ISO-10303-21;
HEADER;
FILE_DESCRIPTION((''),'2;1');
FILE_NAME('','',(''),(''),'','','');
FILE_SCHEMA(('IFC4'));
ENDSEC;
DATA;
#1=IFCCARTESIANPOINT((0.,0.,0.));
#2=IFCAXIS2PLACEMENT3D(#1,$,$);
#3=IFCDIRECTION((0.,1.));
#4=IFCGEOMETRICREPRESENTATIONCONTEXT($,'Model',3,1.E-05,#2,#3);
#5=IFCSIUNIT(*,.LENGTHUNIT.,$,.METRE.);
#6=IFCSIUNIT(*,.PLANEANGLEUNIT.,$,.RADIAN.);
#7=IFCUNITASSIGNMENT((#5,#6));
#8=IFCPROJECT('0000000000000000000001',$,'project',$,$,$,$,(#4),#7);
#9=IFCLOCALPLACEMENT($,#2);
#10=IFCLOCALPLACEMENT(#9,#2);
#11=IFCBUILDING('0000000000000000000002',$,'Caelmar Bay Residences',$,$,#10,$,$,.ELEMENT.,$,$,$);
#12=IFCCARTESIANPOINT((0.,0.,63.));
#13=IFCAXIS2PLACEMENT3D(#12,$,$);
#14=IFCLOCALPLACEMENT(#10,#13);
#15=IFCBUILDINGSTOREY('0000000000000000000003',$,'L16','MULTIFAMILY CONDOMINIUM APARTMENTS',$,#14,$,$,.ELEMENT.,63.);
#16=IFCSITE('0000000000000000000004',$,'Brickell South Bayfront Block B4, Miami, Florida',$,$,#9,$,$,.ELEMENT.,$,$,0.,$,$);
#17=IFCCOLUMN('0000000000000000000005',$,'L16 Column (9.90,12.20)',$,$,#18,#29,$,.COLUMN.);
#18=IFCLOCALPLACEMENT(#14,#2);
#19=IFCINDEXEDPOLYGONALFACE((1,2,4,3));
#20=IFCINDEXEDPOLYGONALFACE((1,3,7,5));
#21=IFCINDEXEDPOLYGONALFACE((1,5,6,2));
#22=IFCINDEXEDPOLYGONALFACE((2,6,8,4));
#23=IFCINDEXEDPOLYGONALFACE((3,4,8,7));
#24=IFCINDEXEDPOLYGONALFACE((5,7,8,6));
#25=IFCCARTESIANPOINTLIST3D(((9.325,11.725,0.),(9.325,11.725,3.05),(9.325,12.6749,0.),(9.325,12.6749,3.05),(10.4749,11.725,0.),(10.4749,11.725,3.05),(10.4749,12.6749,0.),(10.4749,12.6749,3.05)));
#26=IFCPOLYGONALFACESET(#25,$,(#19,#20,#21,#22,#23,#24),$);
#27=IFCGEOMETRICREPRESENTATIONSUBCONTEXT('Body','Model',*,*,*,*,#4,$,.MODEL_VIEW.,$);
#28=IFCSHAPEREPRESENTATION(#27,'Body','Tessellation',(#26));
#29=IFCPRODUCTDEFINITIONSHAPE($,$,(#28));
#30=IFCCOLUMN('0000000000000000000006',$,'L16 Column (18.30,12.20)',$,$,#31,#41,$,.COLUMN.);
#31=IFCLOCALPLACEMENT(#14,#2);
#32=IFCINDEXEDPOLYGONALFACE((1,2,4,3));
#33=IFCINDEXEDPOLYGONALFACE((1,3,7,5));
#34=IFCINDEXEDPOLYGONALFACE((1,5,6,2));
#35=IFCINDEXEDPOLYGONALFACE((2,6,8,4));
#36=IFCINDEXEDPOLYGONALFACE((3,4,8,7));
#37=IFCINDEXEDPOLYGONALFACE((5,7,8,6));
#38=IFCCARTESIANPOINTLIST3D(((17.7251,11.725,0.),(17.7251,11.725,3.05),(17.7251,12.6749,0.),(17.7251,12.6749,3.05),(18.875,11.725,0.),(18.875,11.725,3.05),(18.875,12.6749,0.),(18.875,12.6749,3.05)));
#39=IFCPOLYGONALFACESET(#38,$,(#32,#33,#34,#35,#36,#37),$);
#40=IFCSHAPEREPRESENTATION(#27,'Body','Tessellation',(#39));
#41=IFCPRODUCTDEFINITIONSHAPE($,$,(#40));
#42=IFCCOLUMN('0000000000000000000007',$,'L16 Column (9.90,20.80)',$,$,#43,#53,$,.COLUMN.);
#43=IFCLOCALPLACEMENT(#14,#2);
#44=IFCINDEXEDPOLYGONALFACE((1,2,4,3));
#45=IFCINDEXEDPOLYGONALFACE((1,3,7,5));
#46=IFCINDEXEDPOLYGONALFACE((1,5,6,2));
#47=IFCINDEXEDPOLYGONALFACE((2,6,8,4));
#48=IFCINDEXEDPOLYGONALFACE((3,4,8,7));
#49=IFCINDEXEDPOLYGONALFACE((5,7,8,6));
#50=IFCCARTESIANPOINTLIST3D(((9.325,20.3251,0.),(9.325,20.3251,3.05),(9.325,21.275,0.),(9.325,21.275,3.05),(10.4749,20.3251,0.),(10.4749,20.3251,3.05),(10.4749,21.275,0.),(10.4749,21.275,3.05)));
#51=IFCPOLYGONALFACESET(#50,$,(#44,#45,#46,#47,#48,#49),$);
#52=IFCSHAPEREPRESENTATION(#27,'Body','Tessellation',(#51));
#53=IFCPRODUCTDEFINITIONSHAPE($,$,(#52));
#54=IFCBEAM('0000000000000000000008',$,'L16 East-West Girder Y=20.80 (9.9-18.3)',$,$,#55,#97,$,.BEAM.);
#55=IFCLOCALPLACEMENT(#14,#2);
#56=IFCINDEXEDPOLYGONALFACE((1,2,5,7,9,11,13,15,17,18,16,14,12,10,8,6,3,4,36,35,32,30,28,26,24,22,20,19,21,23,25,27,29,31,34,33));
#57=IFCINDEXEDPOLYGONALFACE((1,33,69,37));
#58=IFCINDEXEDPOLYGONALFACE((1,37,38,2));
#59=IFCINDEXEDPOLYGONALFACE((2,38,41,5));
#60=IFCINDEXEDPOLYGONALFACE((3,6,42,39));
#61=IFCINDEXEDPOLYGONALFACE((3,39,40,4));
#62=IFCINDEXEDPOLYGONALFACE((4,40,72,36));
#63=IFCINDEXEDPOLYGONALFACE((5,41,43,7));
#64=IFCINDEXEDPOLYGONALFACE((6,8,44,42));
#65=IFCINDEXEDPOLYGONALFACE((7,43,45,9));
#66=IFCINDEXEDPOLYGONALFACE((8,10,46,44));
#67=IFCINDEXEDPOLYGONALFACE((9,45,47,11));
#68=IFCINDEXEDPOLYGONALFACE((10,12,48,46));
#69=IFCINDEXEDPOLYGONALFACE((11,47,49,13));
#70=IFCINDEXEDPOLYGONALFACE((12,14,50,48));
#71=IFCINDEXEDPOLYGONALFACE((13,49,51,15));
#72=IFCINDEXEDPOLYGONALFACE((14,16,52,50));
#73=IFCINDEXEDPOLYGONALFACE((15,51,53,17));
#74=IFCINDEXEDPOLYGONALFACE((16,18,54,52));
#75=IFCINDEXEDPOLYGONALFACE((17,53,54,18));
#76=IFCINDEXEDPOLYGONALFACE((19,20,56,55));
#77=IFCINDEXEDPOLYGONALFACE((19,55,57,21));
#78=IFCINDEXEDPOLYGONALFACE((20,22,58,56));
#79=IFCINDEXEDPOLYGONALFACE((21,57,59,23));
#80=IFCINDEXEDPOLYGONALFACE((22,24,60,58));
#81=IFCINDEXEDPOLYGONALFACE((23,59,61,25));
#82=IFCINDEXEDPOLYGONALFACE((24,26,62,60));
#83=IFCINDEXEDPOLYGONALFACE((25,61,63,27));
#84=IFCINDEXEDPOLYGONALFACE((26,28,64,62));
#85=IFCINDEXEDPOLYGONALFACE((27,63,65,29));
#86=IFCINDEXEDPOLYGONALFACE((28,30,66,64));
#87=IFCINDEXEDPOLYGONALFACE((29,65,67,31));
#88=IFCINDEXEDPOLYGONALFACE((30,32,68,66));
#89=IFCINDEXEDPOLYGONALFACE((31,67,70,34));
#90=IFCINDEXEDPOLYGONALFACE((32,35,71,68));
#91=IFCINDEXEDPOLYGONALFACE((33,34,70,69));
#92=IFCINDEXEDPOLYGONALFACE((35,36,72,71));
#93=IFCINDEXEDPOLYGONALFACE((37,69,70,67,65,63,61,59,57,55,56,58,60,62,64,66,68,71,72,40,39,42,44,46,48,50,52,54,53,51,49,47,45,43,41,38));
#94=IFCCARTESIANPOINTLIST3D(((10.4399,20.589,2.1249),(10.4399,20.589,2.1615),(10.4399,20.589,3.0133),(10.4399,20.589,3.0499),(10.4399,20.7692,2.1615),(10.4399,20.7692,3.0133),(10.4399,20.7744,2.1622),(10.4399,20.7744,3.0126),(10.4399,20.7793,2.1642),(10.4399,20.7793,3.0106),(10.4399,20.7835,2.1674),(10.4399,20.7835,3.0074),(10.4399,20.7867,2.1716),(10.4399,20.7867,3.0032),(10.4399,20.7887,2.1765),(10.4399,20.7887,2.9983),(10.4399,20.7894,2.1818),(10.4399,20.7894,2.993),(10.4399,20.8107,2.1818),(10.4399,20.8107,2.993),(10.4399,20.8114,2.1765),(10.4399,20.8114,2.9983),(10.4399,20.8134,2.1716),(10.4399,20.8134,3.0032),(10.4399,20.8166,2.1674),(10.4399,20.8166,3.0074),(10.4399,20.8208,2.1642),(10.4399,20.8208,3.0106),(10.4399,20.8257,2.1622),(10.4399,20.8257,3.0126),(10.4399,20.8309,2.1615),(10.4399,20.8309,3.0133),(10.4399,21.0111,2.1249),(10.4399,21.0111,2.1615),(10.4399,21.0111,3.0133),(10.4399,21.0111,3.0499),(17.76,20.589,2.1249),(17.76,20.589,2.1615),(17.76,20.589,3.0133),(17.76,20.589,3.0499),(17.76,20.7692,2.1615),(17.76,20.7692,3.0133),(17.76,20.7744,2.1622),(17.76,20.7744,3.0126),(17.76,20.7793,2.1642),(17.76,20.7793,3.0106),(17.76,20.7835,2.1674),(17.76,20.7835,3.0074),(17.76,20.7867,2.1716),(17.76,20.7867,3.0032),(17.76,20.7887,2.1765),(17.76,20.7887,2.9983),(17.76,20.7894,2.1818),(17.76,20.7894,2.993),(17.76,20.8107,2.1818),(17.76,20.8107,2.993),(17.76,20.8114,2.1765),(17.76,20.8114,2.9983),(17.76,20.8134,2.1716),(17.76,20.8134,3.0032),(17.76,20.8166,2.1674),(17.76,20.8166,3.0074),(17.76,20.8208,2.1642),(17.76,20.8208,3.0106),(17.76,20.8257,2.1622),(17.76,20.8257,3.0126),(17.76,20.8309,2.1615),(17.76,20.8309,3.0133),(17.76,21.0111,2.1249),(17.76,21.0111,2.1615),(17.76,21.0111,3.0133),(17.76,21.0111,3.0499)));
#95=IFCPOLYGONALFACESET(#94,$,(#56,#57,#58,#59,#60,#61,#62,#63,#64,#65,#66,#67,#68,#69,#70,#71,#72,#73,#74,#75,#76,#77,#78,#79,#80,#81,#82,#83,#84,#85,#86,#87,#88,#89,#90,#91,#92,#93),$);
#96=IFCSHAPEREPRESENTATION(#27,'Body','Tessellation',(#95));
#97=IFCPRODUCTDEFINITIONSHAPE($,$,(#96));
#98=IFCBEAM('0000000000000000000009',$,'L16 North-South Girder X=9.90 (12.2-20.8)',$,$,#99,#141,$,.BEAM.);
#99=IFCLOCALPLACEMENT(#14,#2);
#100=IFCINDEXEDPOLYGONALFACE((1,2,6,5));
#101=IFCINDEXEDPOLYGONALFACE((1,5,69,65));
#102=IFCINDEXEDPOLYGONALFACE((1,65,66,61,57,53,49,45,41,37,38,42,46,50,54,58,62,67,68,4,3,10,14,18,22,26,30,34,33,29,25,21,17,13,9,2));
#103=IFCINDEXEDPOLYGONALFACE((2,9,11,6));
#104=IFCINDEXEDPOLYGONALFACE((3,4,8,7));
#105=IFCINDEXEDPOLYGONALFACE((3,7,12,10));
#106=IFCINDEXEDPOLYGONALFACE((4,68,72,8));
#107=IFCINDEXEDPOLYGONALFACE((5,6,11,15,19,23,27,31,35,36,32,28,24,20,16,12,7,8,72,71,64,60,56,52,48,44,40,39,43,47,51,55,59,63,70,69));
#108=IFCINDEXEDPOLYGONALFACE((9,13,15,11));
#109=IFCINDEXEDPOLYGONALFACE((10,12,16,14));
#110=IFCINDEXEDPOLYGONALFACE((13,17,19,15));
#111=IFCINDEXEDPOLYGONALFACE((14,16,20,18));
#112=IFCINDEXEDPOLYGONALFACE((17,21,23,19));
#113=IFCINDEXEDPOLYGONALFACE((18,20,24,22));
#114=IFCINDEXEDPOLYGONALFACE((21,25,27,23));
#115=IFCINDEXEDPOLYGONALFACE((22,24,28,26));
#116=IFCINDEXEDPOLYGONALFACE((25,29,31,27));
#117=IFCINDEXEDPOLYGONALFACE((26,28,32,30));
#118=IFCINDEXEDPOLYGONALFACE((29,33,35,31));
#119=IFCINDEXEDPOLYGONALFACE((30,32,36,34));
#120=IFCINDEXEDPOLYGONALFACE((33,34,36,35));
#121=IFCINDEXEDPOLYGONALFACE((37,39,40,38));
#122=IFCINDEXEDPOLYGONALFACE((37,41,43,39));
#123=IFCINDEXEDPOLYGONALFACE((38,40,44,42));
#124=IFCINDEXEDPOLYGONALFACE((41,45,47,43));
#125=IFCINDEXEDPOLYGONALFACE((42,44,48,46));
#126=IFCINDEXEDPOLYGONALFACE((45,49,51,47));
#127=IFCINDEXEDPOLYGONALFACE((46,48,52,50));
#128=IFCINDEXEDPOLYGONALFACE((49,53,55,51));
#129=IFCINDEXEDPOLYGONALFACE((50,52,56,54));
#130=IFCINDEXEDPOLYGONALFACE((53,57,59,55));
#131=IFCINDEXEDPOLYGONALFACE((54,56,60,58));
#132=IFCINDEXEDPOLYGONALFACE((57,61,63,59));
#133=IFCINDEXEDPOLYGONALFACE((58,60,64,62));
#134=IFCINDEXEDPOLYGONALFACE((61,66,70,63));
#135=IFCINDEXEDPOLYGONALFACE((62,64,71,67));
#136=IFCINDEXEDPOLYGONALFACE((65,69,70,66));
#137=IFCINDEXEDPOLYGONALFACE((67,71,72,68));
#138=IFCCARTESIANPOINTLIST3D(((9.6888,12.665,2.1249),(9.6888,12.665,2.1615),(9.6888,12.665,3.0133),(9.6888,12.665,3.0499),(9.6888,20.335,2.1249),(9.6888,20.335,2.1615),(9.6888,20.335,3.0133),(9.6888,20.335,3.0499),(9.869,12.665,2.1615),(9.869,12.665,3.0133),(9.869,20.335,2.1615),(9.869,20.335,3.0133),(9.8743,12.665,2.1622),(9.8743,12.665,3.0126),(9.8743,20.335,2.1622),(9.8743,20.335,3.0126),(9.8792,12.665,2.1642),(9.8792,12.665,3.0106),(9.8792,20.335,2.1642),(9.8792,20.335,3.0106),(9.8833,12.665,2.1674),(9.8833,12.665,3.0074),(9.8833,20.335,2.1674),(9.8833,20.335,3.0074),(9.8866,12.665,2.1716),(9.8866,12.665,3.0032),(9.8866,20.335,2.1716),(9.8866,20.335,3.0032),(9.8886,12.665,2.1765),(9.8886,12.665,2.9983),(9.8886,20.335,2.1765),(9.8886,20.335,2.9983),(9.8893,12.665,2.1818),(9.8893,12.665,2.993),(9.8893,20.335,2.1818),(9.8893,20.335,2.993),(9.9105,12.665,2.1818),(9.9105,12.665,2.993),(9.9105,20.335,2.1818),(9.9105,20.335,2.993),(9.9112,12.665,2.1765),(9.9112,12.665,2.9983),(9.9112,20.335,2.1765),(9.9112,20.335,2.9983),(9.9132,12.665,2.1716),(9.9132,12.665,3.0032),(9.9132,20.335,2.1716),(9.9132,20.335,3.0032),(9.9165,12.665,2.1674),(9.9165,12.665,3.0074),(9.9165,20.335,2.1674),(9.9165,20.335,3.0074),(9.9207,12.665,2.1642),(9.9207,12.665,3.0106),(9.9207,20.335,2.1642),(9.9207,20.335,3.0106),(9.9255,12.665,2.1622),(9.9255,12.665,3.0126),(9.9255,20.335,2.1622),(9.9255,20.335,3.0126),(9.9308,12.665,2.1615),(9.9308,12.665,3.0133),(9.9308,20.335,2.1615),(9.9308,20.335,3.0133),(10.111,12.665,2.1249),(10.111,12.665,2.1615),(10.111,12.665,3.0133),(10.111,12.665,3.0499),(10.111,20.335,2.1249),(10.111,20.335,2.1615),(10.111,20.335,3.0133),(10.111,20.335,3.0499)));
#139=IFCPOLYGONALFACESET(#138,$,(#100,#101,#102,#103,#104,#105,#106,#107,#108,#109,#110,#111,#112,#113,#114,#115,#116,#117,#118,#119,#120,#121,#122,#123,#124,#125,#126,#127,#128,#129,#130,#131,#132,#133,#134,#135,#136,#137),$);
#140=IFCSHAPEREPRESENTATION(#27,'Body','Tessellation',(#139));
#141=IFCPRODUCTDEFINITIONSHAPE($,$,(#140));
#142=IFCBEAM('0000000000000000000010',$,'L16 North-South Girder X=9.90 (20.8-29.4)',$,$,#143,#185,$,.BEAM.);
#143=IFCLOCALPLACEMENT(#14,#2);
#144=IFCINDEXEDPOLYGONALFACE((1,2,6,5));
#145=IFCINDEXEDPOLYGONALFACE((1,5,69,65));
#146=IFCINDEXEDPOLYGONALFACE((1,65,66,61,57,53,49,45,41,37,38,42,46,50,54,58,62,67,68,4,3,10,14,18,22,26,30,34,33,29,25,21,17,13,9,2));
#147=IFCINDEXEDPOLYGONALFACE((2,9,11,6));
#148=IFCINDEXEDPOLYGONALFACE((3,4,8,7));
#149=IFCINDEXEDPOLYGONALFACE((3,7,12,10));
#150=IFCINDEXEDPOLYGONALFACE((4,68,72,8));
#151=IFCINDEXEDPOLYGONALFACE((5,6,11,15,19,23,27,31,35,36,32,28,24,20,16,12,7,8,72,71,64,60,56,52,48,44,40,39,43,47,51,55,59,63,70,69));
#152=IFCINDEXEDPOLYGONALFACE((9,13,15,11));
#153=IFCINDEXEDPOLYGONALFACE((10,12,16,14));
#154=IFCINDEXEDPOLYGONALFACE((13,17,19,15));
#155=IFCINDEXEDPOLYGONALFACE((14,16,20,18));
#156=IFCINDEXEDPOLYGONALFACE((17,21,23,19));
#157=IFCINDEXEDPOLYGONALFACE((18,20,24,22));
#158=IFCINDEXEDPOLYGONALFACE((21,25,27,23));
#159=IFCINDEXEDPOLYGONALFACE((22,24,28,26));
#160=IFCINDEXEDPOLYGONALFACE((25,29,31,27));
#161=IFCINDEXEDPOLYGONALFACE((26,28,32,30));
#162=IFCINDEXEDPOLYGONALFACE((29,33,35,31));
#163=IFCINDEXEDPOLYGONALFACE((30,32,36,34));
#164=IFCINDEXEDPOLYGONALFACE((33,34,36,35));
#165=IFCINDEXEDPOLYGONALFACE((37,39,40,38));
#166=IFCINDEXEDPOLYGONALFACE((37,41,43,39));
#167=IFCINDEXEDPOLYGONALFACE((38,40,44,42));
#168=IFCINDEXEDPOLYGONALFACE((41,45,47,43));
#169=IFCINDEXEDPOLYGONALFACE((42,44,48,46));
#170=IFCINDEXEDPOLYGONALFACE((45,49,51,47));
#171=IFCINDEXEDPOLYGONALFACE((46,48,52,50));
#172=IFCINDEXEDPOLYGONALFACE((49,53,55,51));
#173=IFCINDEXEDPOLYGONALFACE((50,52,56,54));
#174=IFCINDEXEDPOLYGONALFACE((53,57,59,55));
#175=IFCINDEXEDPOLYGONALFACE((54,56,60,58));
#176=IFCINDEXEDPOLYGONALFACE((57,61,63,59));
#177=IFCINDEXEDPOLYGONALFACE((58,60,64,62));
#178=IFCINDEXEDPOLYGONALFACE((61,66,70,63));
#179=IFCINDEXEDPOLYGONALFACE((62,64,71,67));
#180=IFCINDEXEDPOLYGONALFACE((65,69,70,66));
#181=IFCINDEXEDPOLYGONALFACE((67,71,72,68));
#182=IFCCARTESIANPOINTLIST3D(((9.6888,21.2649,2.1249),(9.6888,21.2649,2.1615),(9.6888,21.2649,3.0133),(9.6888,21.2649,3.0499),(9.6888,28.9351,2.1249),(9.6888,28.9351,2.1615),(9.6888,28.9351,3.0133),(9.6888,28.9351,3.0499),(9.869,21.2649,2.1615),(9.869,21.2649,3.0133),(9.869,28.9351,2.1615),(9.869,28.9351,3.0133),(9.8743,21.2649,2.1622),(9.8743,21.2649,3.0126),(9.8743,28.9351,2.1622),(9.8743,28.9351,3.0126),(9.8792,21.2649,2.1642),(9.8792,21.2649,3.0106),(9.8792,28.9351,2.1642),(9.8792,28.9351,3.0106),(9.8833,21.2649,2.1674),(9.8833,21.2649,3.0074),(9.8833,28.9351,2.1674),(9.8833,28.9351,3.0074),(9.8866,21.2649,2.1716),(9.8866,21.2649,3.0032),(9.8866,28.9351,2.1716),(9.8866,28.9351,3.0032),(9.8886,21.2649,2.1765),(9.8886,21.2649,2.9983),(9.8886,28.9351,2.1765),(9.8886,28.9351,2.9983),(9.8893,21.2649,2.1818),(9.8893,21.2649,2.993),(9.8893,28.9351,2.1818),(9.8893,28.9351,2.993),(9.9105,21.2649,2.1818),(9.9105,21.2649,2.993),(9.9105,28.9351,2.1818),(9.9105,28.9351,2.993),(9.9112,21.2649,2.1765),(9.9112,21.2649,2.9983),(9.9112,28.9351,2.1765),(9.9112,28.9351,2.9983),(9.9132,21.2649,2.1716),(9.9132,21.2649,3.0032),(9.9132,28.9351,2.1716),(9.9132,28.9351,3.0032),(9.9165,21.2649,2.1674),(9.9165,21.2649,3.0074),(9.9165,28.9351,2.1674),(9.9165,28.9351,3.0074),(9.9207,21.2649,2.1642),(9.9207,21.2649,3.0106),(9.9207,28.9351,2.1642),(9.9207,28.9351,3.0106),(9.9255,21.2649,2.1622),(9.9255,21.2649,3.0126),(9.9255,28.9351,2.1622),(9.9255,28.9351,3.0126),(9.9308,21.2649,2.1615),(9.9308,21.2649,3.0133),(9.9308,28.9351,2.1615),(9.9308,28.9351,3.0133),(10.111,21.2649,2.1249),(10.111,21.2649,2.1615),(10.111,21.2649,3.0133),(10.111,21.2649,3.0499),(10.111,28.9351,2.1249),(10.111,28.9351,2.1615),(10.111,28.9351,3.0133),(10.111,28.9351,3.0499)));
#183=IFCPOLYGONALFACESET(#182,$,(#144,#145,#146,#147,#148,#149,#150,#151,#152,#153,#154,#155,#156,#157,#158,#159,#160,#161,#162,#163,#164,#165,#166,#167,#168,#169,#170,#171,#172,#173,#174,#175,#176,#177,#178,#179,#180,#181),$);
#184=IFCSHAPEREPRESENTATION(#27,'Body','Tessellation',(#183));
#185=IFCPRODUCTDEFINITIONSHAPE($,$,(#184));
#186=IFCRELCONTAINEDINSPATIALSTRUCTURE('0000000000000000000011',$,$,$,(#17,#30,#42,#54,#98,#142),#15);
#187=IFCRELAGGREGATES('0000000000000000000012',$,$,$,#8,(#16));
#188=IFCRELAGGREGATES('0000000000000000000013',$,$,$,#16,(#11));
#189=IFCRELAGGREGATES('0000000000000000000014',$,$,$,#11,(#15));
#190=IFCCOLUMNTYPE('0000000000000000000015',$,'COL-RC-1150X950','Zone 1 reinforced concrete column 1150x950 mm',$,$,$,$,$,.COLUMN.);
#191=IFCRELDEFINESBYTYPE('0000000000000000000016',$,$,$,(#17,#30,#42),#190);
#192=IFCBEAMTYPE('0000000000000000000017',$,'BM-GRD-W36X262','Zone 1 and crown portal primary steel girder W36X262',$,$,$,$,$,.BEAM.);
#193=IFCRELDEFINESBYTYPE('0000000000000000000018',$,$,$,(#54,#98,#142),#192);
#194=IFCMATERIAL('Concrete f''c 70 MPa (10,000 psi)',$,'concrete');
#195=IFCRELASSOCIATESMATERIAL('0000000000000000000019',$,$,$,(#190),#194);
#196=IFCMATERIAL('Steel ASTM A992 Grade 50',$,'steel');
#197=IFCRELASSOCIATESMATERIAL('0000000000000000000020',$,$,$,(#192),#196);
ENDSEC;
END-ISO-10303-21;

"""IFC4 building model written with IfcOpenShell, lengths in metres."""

from ifc_helpers import new_model, si_unit, direction, frame, origin, origin_2d, place, context, subcontext, project, spatial, rectangle, i_section, extrude, material, material_profile, profile_set, type_object, element, save


model = new_model("IFC4")

# Units and contexts
model_context = context("Model", 3, precision=1e-05, world=origin(), true_north=direction((0.0, 1.0)))
body_context = subcontext(model_context, "Body", "Model", "MODEL_VIEW")
ifc_project = project(units=[si_unit("LENGTHUNIT", "METRE"), si_unit("PLANEANGLEUNIT", "RADIAN")], contexts=[model_context])

# Site, building, storey
site_placement = place(None, origin())
site = spatial("IfcSite", under=ifc_project, at=site_placement, Name="Brickell South Bayfront Block B4, Miami, Florida", CompositionType="ELEMENT", RefElevation=0.0)
building_placement = place(site_placement, origin())
building = spatial("IfcBuilding", under=site, at=building_placement, Name="Caelmar Bay Residences", CompositionType="ELEMENT")
storey_placement = place(building_placement, frame((0.0, 0.0, 63.0)))
storey = spatial("IfcBuildingStorey", under=building, at=storey_placement, Name="L16", Description="MULTIFAMILY CONDOMINIUM APARTMENTS", CompositionType="ELEMENT", Elevation=63.0)

# Columns
ifc_material_1 = material(Name="Concrete f'c 70 MPa (10,000 psi)", Category="concrete")
ifc_material_profile_1 = material_profile(ifc_material_1, rectangle(XDim=1.1499, YDim=0.95, at=origin_2d()), Name="RC-COL-1150X950")
ifc_profile_set_1 = profile_set([ifc_material_profile_1], Name="Concrete f'c 70 MPa (10,000 psi)")
column_type = type_object("IfcColumnType", Name="COL-RC-1150X950", Description="Zone 1 reinforced concrete column 1150x950 mm", PredefinedType="COLUMN", material=ifc_profile_set_1)
for number, where, z_axis, x_axis, name in (
    (1, (9.8999, 12.2, 0.0), (0.0, 0.0, 1.0), (1.0, 0.0, 0.0), "L16 Column (9.90,12.20)"),
    (2, (18.3, 12.2, 0.0), (0.0, 0.0, 1.0), (1.0, 0.0, 0.0), "L16 Column (18.30,12.20)"),
    (3, (9.8999, 20.8, 0.0), (0.0, 0.0, 1.0), (1.0, 0.0, 0.0), "L16 Column (9.90,20.80)"),
):
    element("IfcColumn", number, at=place(storey_placement, frame(where, z_axis=z_axis, x_axis=x_axis)), inside=storey, type_object=column_type, Name=name, PredefinedType="COLUMN", context=body_context, shape_type="SweptSolid", body=[
        extrude(rectangle(XDim=1.1499, YDim=0.95, at=origin_2d()), origin(), (0.0, 0.0, 1.0), 3.05),
    ])

# Beams
ifc_material_2 = material(Name="Steel ASTM A992 Grade 50", Category="steel")
ifc_material_profile_2 = material_profile(ifc_material_2, i_section(OverallWidth=0.4221, OverallDepth=0.925, WebThickness=0.0212, FlangeThickness=0.0366, FilletRadius=0.0203, at=origin_2d()), Name="W36X262")
ifc_profile_set_2 = profile_set([ifc_material_profile_2], Name="Steel ASTM A992 Grade 50")
beam_type_1 = type_object("IfcBeamType", Name="BM-GRD-W36X262", Description="Zone 1 and crown portal primary steel girder W36X262", PredefinedType="BEAM", material=ifc_profile_set_2)
beam_1_placement = place(storey_placement, frame((10.4399, 20.8, 2.5874), z_axis=(1.0, 0.0, 0.0), x_axis=(0.0, 1.0, 0.0)))
element("IfcBeam", 4, at=beam_1_placement, inside=storey, type_object=beam_type_1, Name="L16 East-West Girder Y=20.80 (9.9-18.3)", PredefinedType="BEAM", context=body_context, shape_type="SweptSolid", body=[
    extrude(i_section(OverallWidth=0.4221, OverallDepth=0.925, WebThickness=0.0212, FlangeThickness=0.0366, FilletRadius=0.0203, at=origin_2d()), origin(), (0.0, 0.0, 1.0), 7.3201),
])
beam_2_placement = place(storey_placement, frame((9.8999, 12.665, 2.5874), z_axis=(0.0, 1.0, 0.0), x_axis=(-1.0, 0.0, 0.0)))
element("IfcBeam", 5, at=beam_2_placement, inside=storey, type_object=beam_type_1, Name="L16 North-South Girder X=9.90 (12.2-20.8)", PredefinedType="BEAM", context=body_context, shape_type="SweptSolid", body=[
    extrude(i_section(OverallWidth=0.4221, OverallDepth=0.925, WebThickness=0.0212, FlangeThickness=0.0366, FilletRadius=0.0203, at=origin_2d()), origin(), (0.0, 0.0, 1.0), 7.6699),
])
beam_3_placement = place(storey_placement, frame((9.8999, 21.2649, 2.5874), z_axis=(0.0, 1.0, 0.0), x_axis=(-1.0, 0.0, 0.0)))
element("IfcBeam", 6, at=beam_3_placement, inside=storey, type_object=beam_type_1, Name="L16 North-South Girder X=9.90 (20.8-29.4)", PredefinedType="BEAM", context=body_context, shape_type="SweptSolid", body=[
    extrude(i_section(OverallWidth=0.4221, OverallDepth=0.925, WebThickness=0.0212, FlangeThickness=0.0366, FilletRadius=0.0203, at=origin_2d()), origin(), (0.0, 0.0, 1.0), 7.6702),
])

save(model, "model.ifc")
